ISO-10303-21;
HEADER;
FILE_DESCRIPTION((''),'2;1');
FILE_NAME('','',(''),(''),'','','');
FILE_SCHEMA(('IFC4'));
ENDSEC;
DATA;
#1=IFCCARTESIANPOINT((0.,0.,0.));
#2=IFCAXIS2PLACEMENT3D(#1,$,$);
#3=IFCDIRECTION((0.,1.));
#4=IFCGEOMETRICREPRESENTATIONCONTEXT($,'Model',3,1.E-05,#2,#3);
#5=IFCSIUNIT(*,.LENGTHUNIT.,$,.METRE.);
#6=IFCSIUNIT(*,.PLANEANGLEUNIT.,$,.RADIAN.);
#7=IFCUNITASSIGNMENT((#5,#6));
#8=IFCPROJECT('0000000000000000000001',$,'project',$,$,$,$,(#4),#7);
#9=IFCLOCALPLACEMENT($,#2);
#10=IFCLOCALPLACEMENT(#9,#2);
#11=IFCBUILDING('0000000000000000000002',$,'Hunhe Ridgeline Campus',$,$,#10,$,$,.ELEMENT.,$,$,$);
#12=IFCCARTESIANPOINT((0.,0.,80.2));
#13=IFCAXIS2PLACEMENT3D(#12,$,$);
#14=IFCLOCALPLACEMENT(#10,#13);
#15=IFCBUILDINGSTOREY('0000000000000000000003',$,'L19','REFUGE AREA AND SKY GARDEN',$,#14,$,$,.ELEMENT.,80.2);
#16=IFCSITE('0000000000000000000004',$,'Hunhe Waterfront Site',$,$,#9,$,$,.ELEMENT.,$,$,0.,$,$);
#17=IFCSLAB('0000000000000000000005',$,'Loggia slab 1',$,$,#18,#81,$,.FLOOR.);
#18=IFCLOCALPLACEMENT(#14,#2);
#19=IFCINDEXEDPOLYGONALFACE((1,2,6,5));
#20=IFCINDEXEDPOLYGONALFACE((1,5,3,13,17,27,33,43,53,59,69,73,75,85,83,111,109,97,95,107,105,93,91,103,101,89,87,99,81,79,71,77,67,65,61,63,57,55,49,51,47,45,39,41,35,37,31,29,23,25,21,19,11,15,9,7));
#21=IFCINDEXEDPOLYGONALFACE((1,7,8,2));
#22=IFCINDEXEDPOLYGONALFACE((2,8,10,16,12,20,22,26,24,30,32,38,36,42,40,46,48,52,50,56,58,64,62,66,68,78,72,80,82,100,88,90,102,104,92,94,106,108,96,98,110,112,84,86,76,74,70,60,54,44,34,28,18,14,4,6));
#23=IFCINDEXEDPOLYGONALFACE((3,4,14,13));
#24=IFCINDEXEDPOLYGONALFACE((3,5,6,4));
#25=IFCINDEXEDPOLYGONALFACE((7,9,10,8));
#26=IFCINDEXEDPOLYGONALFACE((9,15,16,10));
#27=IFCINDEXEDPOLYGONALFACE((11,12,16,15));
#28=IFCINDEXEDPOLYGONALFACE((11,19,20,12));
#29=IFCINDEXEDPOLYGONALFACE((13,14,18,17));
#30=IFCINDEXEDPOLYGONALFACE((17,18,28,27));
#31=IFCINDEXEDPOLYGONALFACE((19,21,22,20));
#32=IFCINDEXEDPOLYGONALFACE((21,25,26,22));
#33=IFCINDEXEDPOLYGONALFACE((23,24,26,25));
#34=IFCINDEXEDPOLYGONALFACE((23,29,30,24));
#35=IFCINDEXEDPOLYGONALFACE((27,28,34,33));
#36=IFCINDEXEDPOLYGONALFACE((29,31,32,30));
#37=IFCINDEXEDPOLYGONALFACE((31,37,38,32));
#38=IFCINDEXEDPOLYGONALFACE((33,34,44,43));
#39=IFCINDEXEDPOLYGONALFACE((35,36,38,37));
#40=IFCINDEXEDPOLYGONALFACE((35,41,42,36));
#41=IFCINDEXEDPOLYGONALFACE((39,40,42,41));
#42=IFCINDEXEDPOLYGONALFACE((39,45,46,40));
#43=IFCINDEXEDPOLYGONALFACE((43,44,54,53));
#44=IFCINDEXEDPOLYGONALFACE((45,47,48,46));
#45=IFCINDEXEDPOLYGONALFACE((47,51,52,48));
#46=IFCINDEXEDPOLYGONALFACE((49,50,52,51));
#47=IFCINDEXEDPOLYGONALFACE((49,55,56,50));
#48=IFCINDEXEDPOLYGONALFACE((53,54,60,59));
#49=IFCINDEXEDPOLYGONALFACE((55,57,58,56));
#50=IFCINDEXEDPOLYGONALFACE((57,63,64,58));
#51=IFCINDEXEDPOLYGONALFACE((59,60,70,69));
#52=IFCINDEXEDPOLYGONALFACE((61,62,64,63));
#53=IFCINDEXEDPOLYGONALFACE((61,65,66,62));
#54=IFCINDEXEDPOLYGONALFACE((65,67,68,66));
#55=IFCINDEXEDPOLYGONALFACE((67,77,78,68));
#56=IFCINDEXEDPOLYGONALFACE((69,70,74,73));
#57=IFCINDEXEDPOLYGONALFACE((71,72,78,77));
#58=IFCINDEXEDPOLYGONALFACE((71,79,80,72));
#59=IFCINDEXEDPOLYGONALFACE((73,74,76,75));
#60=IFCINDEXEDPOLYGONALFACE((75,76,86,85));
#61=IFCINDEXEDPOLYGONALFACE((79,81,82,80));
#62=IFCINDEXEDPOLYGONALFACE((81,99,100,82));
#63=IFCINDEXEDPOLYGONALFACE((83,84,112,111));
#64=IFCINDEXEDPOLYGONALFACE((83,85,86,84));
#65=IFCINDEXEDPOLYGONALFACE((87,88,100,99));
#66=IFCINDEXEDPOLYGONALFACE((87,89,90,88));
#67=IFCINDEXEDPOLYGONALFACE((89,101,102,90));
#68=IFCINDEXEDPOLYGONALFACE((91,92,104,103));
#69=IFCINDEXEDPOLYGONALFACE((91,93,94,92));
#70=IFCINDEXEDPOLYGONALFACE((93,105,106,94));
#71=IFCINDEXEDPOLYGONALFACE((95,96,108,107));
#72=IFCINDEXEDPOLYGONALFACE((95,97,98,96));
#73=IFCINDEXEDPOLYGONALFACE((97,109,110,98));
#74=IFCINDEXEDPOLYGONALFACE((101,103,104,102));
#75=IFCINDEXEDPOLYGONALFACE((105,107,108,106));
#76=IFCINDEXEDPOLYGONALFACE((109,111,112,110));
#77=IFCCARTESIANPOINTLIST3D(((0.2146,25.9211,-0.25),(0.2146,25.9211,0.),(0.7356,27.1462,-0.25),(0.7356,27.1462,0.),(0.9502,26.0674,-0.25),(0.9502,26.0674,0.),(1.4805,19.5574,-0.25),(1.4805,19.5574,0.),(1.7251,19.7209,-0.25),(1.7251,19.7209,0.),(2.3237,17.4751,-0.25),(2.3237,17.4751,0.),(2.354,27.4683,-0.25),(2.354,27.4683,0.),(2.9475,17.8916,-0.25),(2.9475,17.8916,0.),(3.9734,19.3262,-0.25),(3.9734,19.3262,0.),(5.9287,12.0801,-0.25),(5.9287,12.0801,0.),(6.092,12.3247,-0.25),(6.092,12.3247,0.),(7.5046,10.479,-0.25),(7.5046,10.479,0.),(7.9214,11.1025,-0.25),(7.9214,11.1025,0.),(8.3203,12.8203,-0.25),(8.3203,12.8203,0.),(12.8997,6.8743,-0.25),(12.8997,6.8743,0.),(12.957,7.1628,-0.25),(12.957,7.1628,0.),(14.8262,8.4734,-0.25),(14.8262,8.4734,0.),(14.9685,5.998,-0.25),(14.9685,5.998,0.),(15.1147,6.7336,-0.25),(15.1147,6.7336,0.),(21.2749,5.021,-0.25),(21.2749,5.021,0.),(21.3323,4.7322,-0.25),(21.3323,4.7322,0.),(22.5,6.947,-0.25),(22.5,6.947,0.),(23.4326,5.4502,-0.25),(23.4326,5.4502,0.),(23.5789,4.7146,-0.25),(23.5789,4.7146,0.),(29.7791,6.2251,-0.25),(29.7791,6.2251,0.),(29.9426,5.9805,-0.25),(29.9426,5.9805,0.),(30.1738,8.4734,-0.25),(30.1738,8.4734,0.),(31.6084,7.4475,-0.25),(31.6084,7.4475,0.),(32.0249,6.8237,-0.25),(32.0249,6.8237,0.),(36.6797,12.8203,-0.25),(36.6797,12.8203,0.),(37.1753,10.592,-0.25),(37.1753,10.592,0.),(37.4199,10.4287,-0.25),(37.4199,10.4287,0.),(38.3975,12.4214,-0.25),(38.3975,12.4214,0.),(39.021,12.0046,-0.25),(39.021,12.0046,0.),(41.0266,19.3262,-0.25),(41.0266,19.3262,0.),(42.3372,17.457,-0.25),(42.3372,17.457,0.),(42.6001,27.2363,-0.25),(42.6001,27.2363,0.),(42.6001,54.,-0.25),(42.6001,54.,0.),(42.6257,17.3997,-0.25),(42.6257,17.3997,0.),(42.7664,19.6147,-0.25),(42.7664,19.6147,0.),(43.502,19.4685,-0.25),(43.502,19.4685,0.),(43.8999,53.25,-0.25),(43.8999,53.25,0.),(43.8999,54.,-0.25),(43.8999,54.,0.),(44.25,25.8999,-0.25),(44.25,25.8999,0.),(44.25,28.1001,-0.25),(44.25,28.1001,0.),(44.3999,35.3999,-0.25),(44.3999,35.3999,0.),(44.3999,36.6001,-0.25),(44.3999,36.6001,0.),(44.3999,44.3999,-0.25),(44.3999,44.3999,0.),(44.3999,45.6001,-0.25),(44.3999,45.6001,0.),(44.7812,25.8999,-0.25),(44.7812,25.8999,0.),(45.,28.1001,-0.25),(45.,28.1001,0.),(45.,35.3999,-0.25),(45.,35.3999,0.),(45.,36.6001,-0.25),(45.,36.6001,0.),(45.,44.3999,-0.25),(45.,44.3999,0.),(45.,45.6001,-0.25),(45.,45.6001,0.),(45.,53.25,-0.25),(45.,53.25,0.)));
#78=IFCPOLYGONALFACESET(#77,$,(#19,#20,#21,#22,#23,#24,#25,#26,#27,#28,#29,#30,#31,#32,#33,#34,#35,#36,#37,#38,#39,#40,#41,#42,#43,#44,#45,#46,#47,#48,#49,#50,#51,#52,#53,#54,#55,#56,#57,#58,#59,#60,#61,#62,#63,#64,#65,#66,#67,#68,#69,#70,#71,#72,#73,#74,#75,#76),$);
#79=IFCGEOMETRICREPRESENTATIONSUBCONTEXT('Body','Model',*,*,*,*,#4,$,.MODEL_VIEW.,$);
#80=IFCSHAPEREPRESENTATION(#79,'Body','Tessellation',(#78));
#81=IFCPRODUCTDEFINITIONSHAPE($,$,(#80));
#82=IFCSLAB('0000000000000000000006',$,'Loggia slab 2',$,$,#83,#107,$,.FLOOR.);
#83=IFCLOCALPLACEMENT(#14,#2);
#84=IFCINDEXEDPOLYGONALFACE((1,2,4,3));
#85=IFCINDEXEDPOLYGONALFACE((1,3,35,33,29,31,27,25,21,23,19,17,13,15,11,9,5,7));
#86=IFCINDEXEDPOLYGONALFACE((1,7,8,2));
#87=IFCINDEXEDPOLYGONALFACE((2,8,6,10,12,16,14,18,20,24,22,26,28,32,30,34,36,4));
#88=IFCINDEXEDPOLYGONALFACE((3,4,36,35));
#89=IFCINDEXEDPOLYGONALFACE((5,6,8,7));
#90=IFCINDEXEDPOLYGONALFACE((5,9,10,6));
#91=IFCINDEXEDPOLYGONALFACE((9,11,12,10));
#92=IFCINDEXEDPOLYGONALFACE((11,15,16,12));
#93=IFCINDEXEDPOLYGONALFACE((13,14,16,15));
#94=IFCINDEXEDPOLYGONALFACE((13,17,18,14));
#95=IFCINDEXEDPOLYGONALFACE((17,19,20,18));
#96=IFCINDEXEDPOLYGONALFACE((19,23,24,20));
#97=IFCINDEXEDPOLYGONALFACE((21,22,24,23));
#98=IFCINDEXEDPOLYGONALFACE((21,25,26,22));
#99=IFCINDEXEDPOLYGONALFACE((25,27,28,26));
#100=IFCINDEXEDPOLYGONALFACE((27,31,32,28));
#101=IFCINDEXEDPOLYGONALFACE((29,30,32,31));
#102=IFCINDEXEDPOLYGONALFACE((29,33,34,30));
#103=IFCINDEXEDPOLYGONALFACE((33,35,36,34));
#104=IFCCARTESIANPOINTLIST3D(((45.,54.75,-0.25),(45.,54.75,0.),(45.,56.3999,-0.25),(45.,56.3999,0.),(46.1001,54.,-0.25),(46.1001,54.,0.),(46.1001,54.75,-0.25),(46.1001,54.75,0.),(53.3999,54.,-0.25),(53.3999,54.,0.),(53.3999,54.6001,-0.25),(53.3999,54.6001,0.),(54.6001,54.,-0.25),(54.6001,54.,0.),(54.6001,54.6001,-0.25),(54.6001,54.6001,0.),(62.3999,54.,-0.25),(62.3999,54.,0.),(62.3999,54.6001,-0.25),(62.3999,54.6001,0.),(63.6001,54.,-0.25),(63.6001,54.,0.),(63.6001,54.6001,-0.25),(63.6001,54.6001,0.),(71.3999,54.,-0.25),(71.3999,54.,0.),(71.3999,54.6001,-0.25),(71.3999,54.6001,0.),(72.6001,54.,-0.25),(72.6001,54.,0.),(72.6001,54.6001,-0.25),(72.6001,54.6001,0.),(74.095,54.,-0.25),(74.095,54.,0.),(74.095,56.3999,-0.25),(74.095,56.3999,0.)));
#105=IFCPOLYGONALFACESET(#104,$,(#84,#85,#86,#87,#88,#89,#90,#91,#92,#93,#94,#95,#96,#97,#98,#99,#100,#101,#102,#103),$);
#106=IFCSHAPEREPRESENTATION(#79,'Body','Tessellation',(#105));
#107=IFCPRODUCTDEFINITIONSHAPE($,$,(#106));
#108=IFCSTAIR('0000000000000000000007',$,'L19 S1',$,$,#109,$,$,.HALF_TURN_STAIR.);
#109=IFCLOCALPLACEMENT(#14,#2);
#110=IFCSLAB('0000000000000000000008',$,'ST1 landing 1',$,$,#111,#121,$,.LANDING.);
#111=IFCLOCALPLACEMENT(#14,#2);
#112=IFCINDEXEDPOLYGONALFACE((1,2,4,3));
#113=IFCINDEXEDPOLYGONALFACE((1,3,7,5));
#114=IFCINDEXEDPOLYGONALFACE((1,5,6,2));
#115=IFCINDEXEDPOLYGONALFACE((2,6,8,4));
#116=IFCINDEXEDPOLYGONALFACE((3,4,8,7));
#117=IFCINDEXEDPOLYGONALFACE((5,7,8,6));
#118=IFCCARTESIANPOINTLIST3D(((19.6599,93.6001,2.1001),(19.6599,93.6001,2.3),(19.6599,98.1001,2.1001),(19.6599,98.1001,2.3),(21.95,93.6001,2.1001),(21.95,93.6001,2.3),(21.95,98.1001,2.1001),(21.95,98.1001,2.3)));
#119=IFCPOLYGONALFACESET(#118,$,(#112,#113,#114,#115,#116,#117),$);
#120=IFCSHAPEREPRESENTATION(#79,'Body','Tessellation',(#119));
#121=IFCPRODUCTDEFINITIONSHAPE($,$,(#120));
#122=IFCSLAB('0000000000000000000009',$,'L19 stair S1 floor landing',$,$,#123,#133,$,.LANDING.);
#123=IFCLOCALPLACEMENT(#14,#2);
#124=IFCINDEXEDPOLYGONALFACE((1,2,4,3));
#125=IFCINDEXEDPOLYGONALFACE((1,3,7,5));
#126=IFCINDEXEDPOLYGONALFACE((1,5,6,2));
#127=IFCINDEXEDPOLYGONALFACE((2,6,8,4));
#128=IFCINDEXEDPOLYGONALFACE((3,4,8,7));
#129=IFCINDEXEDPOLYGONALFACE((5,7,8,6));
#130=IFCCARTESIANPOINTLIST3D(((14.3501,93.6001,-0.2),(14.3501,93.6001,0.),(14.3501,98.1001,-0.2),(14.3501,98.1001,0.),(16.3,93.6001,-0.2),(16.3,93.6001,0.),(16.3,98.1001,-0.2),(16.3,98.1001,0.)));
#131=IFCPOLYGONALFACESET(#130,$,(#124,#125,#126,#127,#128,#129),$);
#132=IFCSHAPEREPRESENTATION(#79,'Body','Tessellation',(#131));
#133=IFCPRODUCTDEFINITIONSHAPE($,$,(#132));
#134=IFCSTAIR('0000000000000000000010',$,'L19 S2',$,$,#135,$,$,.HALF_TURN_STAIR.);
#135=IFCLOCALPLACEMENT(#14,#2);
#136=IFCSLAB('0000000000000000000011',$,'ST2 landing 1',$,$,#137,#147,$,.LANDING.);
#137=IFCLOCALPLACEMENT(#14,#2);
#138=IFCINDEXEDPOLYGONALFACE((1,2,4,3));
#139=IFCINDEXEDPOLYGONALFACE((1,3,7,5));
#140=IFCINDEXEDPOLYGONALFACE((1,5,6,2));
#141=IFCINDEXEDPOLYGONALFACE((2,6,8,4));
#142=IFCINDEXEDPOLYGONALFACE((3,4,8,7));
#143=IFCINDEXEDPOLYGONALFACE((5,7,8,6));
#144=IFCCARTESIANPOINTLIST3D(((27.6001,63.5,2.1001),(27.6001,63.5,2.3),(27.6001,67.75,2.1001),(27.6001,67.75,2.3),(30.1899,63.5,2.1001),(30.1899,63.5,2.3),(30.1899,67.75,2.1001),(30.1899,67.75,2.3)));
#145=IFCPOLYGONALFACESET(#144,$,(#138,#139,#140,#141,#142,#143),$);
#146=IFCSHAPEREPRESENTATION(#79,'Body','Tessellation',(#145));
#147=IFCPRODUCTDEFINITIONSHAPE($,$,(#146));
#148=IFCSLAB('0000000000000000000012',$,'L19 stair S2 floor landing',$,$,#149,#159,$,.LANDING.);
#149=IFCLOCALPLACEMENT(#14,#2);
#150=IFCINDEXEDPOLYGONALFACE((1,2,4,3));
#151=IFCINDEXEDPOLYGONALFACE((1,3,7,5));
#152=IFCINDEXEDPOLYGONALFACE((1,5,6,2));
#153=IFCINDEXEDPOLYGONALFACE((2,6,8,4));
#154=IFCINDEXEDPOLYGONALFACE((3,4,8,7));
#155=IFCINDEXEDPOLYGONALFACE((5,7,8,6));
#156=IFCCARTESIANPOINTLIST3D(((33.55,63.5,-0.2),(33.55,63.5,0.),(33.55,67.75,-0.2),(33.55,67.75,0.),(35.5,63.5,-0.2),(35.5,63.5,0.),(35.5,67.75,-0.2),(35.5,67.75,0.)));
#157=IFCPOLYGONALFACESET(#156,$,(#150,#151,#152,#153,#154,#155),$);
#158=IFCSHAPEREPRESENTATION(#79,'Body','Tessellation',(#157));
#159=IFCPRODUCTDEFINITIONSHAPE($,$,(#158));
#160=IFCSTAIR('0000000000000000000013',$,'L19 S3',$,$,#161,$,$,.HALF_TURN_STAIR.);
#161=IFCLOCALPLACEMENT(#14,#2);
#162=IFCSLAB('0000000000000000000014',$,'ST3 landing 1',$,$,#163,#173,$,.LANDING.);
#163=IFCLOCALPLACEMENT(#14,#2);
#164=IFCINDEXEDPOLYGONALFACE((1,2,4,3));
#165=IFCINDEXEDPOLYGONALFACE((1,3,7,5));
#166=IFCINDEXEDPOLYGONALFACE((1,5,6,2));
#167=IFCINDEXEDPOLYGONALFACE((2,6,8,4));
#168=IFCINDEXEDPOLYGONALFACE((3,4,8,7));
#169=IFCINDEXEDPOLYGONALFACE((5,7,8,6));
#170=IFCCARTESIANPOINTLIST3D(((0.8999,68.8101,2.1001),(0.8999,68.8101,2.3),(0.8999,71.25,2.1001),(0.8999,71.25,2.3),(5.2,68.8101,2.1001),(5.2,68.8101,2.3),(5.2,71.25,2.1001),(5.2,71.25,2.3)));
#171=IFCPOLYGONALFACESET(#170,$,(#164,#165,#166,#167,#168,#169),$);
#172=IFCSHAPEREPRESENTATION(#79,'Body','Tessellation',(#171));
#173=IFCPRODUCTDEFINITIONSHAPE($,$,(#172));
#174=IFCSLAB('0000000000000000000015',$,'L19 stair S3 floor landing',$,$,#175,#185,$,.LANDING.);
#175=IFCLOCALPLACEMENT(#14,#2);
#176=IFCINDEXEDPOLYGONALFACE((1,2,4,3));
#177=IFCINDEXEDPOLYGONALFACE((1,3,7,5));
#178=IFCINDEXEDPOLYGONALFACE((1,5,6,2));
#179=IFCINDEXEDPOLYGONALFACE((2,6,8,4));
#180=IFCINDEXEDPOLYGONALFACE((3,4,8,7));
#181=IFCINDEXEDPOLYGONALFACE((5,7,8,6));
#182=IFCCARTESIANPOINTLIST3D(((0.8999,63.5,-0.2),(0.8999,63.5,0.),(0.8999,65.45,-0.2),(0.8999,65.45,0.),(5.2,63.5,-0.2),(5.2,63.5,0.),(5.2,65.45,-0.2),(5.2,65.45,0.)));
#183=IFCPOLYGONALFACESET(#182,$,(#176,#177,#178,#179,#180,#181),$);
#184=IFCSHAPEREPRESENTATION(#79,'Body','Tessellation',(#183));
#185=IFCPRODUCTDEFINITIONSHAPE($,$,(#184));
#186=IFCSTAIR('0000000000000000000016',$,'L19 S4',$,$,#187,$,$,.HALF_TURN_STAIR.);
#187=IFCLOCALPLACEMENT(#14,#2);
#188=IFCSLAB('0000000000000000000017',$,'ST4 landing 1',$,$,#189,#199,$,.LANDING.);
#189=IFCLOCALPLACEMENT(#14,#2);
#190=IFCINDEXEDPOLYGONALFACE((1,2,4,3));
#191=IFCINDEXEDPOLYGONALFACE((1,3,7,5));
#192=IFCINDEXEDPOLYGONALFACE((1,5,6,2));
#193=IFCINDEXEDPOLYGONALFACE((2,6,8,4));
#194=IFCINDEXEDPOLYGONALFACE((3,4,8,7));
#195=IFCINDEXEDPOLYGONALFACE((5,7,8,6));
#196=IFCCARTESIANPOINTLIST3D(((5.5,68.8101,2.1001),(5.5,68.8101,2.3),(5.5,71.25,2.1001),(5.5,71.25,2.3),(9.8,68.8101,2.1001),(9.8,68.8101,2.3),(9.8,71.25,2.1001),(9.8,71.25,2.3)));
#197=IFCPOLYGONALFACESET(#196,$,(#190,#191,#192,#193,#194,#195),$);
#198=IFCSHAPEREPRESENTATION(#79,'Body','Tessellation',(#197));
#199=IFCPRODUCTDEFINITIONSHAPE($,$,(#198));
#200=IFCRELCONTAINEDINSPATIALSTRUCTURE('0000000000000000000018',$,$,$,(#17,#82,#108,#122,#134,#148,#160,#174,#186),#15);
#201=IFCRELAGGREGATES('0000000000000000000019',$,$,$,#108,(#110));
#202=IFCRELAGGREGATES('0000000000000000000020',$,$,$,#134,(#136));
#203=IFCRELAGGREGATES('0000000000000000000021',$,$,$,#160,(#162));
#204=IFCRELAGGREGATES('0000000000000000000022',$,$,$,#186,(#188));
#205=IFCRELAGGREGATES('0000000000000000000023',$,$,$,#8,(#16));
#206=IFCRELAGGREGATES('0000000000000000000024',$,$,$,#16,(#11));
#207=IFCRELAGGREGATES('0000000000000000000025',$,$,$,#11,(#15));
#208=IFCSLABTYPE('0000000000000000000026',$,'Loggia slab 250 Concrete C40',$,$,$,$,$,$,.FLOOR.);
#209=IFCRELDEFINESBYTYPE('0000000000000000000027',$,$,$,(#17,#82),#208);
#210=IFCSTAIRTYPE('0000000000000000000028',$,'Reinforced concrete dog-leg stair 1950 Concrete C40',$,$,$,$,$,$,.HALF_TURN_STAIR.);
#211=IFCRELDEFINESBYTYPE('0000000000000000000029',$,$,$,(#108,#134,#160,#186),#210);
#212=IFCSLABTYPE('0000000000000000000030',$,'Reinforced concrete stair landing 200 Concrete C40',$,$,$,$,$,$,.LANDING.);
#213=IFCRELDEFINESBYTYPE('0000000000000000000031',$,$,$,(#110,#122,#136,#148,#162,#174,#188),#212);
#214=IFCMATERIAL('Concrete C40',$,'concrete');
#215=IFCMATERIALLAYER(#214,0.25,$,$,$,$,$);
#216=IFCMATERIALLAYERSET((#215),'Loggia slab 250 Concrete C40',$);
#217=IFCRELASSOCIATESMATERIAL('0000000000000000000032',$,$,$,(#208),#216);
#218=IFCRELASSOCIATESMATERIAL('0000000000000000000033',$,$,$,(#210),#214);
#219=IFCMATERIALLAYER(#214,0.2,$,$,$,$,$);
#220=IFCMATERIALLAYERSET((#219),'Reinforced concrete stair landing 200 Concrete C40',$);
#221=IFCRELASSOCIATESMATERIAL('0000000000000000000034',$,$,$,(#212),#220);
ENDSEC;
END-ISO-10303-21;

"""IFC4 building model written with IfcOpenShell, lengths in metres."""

from ifc_helpers import new_model, si_unit, direction, frame, origin, place, context, subcontext, project, spatial, polyline, outline, extrude, material, layer, layer_set, type_object, element, aggregate, save


model = new_model("IFC4")

# Units and contexts
model_context = context("Model", 3, precision=1e-05, world=origin(), true_north=direction((0.0, 1.0)))
body_context = subcontext(model_context, "Body", "Model", "MODEL_VIEW")
ifc_project = project(units=[si_unit("LENGTHUNIT", "METRE"), si_unit("PLANEANGLEUNIT", "RADIAN")], contexts=[model_context])

# Site, building, storey
site_placement = place(None, origin())
site = spatial("IfcSite", under=ifc_project, at=site_placement, Name="Hunhe Waterfront Site", CompositionType="ELEMENT", RefElevation=0.0)
building_placement = place(site_placement, origin())
building = spatial("IfcBuilding", under=site, at=building_placement, Name="Hunhe Ridgeline Campus", CompositionType="ELEMENT")
storey_placement = place(building_placement, frame((0.0, 0.0, 80.2)))
storey = spatial("IfcBuildingStorey", under=building, at=storey_placement, Name="L19", Description="REFUGE AREA AND SKY GARDEN", CompositionType="ELEMENT", Elevation=80.2)

# Slabs
ifc_material_1 = material(Name="Concrete C40", Category="concrete")
ifc_layer_1 = layer(ifc_material_1, 0.25)
ifc_layer_set_1 = layer_set([ifc_layer_1], Name="Loggia slab 250 Concrete C40")
slab_type_1 = type_object("IfcSlabType", Name="Loggia slab 250 Concrete C40", PredefinedType="FLOOR", material=ifc_layer_set_1)
slab_1_placement = place(storey_placement, frame((0.0, 0.0, -0.25)))
element("IfcSlab", 1, at=slab_1_placement, inside=storey, type_object=slab_type_1, Name="Loggia slab 1", PredefinedType="FLOOR", context=body_context, shape_type="SweptSolid", body=[
    extrude(outline(polyline([(36.6797, 12.8203), (30.1738, 8.4734), (22.5, 6.947), (14.8262, 8.4734), (8.3203, 12.8203), (3.9734, 19.3262), (2.354, 27.4683), (0.7356, 27.1462), (0.9502, 26.0674), (0.2146, 25.9211), (1.4805, 19.5574), (1.7251, 19.7209), (2.9475, 17.8916), (2.3237, 17.4751), (5.9287, 12.0801), (6.092, 12.3247), (7.9214, 11.1025), (7.5046, 10.479), (12.8997, 6.8743), (12.957, 7.1628), (15.1147, 6.7336), (14.9685, 5.998), (21.3323, 4.7322), (21.2749, 5.021), (23.4326, 5.4502), (23.5789, 4.7146), (29.9426, 5.9805), (29.7791, 6.2251), (31.6084, 7.4475), (32.0249, 6.8237), (37.4199, 10.4287), (37.1753, 10.592), (38.3975, 12.4214), (39.021, 12.0046), (42.6257, 17.3997), (42.3372, 17.457), (42.7664, 19.6147), (43.502, 19.4685), (44.7812, 25.8999), (44.25, 25.8999), (44.25, 28.1001), (45.0, 28.1001), (45.0, 35.3999), (44.3999, 35.3999), (44.3999, 36.6001), (45.0, 36.6001), (45.0, 44.3999), (44.3999, 44.3999), (44.3999, 45.6001), (45.0, 45.6001), (45.0, 53.25), (43.8999, 53.25), (43.8999, 54.0), (42.6001, 54.0), (42.6001, 27.2363), (41.0266, 19.3262), (36.6797, 12.8203)])), origin(), (0.0, 0.0, 1.0), 0.25),
])
slab_2_placement = place(storey_placement, frame((0.0, 0.0, -0.25)))
element("IfcSlab", 2, at=slab_2_placement, inside=storey, type_object=slab_type_1, Name="Loggia slab 2", PredefinedType="FLOOR", context=body_context, shape_type="SweptSolid", body=[
    extrude(outline(polyline([(45.0, 56.3999), (45.0, 54.75), (46.1001, 54.75), (46.1001, 54.0), (53.3999, 54.0), (53.3999, 54.6001), (54.6001, 54.6001), (54.6001, 54.0), (62.3999, 54.0), (62.3999, 54.6001), (63.6001, 54.6001), (63.6001, 54.0), (71.3999, 54.0), (71.3999, 54.6001), (72.6001, 54.6001), (72.6001, 54.0), (74.095, 54.0), (74.095, 56.3999), (45.0, 56.3999)])), origin(), (0.0, 0.0, 1.0), 0.25),
])

# Stair, slab
stair_type = type_object("IfcStairType", Name="Reinforced concrete dog-leg stair 1950 Concrete C40", PredefinedType="HALF_TURN_STAIR", material=ifc_material_1)
stair_1_placement = place(storey_placement, origin())
stair_1 = element("IfcStair", 3, at=stair_1_placement, inside=storey, type_object=stair_type, Name="L19 S1", PredefinedType="HALF_TURN_STAIR")
ifc_layer_2 = layer(ifc_material_1, 0.2)
ifc_layer_set_2 = layer_set([ifc_layer_2], Name="Reinforced concrete stair landing 200 Concrete C40")
slab_type_2 = type_object("IfcSlabType", Name="Reinforced concrete stair landing 200 Concrete C40", PredefinedType="LANDING", material=ifc_layer_set_2)
slab_3_placement = place(storey_placement, frame((0.0, 0.0, 2.1001)))
slab_3 = element("IfcSlab", 4, at=slab_3_placement, type_object=slab_type_2, Name="ST1 landing 1", PredefinedType="LANDING", context=body_context, shape_type="SweptSolid", body=[
    extrude(outline(polyline([(19.6599, 93.6001), (21.95, 93.6001), (21.95, 98.1001), (19.6599, 98.1001), (19.6599, 93.6001)])), origin(), (0.0, 0.0, 1.0), 0.2),
])
aggregate(stair_1, [slab_3])

# Slab
slab_4_placement = place(storey_placement, frame((0.0, 0.0, -0.2)))
element("IfcSlab", 5, at=slab_4_placement, inside=storey, type_object=slab_type_2, Name="L19 stair S1 floor landing", PredefinedType="LANDING", context=body_context, shape_type="SweptSolid", body=[
    extrude(outline(polyline([(14.3501, 93.6001), (16.3, 93.6001), (16.3, 98.1001), (14.3501, 98.1001), (14.3501, 93.6001)])), origin(), (0.0, 0.0, 1.0), 0.2),
])

# Stair, slab
stair_2_placement = place(storey_placement, origin())
stair_2 = element("IfcStair", 6, at=stair_2_placement, inside=storey, type_object=stair_type, Name="L19 S2", PredefinedType="HALF_TURN_STAIR")
slab_5_placement = place(storey_placement, frame((0.0, 0.0, 2.1001)))
slab_5 = element("IfcSlab", 7, at=slab_5_placement, type_object=slab_type_2, Name="ST2 landing 1", PredefinedType="LANDING", context=body_context, shape_type="SweptSolid", body=[
    extrude(outline(polyline([(30.1899, 67.75), (27.6001, 67.75), (27.6001, 63.5), (30.1899, 63.5), (30.1899, 67.75)])), origin(), (0.0, 0.0, 1.0), 0.2),
])
aggregate(stair_2, [slab_5])

# Slab
slab_6_placement = place(storey_placement, frame((0.0, 0.0, -0.2)))
element("IfcSlab", 8, at=slab_6_placement, inside=storey, type_object=slab_type_2, Name="L19 stair S2 floor landing", PredefinedType="LANDING", context=body_context, shape_type="SweptSolid", body=[
    extrude(outline(polyline([(35.5, 67.75), (33.55, 67.75), (33.55, 63.5), (35.5, 63.5), (35.5, 67.75)])), origin(), (0.0, 0.0, 1.0), 0.2),
])

# Stair, slab
stair_3_placement = place(storey_placement, origin())
stair_3 = element("IfcStair", 9, at=stair_3_placement, inside=storey, type_object=stair_type, Name="L19 S3", PredefinedType="HALF_TURN_STAIR")
slab_7_placement = place(storey_placement, frame((0.0, 0.0, 2.1001)))
slab_7 = element("IfcSlab", 10, at=slab_7_placement, type_object=slab_type_2, Name="ST3 landing 1", PredefinedType="LANDING", context=body_context, shape_type="SweptSolid", body=[
    extrude(outline(polyline([(5.2, 68.8101), (5.2, 71.25), (0.8999, 71.25), (0.8999, 68.8101), (5.2, 68.8101)])), origin(), (0.0, 0.0, 1.0), 0.2),
])
aggregate(stair_3, [slab_7])

# Slab
slab_8_placement = place(storey_placement, frame((0.0, 0.0, -0.2)))
element("IfcSlab", 11, at=slab_8_placement, inside=storey, type_object=slab_type_2, Name="L19 stair S3 floor landing", PredefinedType="LANDING", context=body_context, shape_type="SweptSolid", body=[
    extrude(outline(polyline([(5.2, 63.5), (5.2, 65.45), (0.8999, 65.45), (0.8999, 63.5), (5.2, 63.5)])), origin(), (0.0, 0.0, 1.0), 0.2),
])

# Stair, slab
stair_4_placement = place(storey_placement, origin())
stair_4 = element("IfcStair", 12, at=stair_4_placement, inside=storey, type_object=stair_type, Name="L19 S4", PredefinedType="HALF_TURN_STAIR")
slab_9_placement = place(storey_placement, frame((0.0, 0.0, 2.1001)))
slab_9 = element("IfcSlab", 13, at=slab_9_placement, type_object=slab_type_2, Name="ST4 landing 1", PredefinedType="LANDING", context=body_context, shape_type="SweptSolid", body=[
    extrude(outline(polyline([(9.8, 68.8101), (9.8, 71.25), (5.5, 71.25), (5.5, 68.8101), (9.8, 68.8101)])), origin(), (0.0, 0.0, 1.0), 0.2),
])
aggregate(stair_4, [slab_9])

save(model, "model.ifc")
